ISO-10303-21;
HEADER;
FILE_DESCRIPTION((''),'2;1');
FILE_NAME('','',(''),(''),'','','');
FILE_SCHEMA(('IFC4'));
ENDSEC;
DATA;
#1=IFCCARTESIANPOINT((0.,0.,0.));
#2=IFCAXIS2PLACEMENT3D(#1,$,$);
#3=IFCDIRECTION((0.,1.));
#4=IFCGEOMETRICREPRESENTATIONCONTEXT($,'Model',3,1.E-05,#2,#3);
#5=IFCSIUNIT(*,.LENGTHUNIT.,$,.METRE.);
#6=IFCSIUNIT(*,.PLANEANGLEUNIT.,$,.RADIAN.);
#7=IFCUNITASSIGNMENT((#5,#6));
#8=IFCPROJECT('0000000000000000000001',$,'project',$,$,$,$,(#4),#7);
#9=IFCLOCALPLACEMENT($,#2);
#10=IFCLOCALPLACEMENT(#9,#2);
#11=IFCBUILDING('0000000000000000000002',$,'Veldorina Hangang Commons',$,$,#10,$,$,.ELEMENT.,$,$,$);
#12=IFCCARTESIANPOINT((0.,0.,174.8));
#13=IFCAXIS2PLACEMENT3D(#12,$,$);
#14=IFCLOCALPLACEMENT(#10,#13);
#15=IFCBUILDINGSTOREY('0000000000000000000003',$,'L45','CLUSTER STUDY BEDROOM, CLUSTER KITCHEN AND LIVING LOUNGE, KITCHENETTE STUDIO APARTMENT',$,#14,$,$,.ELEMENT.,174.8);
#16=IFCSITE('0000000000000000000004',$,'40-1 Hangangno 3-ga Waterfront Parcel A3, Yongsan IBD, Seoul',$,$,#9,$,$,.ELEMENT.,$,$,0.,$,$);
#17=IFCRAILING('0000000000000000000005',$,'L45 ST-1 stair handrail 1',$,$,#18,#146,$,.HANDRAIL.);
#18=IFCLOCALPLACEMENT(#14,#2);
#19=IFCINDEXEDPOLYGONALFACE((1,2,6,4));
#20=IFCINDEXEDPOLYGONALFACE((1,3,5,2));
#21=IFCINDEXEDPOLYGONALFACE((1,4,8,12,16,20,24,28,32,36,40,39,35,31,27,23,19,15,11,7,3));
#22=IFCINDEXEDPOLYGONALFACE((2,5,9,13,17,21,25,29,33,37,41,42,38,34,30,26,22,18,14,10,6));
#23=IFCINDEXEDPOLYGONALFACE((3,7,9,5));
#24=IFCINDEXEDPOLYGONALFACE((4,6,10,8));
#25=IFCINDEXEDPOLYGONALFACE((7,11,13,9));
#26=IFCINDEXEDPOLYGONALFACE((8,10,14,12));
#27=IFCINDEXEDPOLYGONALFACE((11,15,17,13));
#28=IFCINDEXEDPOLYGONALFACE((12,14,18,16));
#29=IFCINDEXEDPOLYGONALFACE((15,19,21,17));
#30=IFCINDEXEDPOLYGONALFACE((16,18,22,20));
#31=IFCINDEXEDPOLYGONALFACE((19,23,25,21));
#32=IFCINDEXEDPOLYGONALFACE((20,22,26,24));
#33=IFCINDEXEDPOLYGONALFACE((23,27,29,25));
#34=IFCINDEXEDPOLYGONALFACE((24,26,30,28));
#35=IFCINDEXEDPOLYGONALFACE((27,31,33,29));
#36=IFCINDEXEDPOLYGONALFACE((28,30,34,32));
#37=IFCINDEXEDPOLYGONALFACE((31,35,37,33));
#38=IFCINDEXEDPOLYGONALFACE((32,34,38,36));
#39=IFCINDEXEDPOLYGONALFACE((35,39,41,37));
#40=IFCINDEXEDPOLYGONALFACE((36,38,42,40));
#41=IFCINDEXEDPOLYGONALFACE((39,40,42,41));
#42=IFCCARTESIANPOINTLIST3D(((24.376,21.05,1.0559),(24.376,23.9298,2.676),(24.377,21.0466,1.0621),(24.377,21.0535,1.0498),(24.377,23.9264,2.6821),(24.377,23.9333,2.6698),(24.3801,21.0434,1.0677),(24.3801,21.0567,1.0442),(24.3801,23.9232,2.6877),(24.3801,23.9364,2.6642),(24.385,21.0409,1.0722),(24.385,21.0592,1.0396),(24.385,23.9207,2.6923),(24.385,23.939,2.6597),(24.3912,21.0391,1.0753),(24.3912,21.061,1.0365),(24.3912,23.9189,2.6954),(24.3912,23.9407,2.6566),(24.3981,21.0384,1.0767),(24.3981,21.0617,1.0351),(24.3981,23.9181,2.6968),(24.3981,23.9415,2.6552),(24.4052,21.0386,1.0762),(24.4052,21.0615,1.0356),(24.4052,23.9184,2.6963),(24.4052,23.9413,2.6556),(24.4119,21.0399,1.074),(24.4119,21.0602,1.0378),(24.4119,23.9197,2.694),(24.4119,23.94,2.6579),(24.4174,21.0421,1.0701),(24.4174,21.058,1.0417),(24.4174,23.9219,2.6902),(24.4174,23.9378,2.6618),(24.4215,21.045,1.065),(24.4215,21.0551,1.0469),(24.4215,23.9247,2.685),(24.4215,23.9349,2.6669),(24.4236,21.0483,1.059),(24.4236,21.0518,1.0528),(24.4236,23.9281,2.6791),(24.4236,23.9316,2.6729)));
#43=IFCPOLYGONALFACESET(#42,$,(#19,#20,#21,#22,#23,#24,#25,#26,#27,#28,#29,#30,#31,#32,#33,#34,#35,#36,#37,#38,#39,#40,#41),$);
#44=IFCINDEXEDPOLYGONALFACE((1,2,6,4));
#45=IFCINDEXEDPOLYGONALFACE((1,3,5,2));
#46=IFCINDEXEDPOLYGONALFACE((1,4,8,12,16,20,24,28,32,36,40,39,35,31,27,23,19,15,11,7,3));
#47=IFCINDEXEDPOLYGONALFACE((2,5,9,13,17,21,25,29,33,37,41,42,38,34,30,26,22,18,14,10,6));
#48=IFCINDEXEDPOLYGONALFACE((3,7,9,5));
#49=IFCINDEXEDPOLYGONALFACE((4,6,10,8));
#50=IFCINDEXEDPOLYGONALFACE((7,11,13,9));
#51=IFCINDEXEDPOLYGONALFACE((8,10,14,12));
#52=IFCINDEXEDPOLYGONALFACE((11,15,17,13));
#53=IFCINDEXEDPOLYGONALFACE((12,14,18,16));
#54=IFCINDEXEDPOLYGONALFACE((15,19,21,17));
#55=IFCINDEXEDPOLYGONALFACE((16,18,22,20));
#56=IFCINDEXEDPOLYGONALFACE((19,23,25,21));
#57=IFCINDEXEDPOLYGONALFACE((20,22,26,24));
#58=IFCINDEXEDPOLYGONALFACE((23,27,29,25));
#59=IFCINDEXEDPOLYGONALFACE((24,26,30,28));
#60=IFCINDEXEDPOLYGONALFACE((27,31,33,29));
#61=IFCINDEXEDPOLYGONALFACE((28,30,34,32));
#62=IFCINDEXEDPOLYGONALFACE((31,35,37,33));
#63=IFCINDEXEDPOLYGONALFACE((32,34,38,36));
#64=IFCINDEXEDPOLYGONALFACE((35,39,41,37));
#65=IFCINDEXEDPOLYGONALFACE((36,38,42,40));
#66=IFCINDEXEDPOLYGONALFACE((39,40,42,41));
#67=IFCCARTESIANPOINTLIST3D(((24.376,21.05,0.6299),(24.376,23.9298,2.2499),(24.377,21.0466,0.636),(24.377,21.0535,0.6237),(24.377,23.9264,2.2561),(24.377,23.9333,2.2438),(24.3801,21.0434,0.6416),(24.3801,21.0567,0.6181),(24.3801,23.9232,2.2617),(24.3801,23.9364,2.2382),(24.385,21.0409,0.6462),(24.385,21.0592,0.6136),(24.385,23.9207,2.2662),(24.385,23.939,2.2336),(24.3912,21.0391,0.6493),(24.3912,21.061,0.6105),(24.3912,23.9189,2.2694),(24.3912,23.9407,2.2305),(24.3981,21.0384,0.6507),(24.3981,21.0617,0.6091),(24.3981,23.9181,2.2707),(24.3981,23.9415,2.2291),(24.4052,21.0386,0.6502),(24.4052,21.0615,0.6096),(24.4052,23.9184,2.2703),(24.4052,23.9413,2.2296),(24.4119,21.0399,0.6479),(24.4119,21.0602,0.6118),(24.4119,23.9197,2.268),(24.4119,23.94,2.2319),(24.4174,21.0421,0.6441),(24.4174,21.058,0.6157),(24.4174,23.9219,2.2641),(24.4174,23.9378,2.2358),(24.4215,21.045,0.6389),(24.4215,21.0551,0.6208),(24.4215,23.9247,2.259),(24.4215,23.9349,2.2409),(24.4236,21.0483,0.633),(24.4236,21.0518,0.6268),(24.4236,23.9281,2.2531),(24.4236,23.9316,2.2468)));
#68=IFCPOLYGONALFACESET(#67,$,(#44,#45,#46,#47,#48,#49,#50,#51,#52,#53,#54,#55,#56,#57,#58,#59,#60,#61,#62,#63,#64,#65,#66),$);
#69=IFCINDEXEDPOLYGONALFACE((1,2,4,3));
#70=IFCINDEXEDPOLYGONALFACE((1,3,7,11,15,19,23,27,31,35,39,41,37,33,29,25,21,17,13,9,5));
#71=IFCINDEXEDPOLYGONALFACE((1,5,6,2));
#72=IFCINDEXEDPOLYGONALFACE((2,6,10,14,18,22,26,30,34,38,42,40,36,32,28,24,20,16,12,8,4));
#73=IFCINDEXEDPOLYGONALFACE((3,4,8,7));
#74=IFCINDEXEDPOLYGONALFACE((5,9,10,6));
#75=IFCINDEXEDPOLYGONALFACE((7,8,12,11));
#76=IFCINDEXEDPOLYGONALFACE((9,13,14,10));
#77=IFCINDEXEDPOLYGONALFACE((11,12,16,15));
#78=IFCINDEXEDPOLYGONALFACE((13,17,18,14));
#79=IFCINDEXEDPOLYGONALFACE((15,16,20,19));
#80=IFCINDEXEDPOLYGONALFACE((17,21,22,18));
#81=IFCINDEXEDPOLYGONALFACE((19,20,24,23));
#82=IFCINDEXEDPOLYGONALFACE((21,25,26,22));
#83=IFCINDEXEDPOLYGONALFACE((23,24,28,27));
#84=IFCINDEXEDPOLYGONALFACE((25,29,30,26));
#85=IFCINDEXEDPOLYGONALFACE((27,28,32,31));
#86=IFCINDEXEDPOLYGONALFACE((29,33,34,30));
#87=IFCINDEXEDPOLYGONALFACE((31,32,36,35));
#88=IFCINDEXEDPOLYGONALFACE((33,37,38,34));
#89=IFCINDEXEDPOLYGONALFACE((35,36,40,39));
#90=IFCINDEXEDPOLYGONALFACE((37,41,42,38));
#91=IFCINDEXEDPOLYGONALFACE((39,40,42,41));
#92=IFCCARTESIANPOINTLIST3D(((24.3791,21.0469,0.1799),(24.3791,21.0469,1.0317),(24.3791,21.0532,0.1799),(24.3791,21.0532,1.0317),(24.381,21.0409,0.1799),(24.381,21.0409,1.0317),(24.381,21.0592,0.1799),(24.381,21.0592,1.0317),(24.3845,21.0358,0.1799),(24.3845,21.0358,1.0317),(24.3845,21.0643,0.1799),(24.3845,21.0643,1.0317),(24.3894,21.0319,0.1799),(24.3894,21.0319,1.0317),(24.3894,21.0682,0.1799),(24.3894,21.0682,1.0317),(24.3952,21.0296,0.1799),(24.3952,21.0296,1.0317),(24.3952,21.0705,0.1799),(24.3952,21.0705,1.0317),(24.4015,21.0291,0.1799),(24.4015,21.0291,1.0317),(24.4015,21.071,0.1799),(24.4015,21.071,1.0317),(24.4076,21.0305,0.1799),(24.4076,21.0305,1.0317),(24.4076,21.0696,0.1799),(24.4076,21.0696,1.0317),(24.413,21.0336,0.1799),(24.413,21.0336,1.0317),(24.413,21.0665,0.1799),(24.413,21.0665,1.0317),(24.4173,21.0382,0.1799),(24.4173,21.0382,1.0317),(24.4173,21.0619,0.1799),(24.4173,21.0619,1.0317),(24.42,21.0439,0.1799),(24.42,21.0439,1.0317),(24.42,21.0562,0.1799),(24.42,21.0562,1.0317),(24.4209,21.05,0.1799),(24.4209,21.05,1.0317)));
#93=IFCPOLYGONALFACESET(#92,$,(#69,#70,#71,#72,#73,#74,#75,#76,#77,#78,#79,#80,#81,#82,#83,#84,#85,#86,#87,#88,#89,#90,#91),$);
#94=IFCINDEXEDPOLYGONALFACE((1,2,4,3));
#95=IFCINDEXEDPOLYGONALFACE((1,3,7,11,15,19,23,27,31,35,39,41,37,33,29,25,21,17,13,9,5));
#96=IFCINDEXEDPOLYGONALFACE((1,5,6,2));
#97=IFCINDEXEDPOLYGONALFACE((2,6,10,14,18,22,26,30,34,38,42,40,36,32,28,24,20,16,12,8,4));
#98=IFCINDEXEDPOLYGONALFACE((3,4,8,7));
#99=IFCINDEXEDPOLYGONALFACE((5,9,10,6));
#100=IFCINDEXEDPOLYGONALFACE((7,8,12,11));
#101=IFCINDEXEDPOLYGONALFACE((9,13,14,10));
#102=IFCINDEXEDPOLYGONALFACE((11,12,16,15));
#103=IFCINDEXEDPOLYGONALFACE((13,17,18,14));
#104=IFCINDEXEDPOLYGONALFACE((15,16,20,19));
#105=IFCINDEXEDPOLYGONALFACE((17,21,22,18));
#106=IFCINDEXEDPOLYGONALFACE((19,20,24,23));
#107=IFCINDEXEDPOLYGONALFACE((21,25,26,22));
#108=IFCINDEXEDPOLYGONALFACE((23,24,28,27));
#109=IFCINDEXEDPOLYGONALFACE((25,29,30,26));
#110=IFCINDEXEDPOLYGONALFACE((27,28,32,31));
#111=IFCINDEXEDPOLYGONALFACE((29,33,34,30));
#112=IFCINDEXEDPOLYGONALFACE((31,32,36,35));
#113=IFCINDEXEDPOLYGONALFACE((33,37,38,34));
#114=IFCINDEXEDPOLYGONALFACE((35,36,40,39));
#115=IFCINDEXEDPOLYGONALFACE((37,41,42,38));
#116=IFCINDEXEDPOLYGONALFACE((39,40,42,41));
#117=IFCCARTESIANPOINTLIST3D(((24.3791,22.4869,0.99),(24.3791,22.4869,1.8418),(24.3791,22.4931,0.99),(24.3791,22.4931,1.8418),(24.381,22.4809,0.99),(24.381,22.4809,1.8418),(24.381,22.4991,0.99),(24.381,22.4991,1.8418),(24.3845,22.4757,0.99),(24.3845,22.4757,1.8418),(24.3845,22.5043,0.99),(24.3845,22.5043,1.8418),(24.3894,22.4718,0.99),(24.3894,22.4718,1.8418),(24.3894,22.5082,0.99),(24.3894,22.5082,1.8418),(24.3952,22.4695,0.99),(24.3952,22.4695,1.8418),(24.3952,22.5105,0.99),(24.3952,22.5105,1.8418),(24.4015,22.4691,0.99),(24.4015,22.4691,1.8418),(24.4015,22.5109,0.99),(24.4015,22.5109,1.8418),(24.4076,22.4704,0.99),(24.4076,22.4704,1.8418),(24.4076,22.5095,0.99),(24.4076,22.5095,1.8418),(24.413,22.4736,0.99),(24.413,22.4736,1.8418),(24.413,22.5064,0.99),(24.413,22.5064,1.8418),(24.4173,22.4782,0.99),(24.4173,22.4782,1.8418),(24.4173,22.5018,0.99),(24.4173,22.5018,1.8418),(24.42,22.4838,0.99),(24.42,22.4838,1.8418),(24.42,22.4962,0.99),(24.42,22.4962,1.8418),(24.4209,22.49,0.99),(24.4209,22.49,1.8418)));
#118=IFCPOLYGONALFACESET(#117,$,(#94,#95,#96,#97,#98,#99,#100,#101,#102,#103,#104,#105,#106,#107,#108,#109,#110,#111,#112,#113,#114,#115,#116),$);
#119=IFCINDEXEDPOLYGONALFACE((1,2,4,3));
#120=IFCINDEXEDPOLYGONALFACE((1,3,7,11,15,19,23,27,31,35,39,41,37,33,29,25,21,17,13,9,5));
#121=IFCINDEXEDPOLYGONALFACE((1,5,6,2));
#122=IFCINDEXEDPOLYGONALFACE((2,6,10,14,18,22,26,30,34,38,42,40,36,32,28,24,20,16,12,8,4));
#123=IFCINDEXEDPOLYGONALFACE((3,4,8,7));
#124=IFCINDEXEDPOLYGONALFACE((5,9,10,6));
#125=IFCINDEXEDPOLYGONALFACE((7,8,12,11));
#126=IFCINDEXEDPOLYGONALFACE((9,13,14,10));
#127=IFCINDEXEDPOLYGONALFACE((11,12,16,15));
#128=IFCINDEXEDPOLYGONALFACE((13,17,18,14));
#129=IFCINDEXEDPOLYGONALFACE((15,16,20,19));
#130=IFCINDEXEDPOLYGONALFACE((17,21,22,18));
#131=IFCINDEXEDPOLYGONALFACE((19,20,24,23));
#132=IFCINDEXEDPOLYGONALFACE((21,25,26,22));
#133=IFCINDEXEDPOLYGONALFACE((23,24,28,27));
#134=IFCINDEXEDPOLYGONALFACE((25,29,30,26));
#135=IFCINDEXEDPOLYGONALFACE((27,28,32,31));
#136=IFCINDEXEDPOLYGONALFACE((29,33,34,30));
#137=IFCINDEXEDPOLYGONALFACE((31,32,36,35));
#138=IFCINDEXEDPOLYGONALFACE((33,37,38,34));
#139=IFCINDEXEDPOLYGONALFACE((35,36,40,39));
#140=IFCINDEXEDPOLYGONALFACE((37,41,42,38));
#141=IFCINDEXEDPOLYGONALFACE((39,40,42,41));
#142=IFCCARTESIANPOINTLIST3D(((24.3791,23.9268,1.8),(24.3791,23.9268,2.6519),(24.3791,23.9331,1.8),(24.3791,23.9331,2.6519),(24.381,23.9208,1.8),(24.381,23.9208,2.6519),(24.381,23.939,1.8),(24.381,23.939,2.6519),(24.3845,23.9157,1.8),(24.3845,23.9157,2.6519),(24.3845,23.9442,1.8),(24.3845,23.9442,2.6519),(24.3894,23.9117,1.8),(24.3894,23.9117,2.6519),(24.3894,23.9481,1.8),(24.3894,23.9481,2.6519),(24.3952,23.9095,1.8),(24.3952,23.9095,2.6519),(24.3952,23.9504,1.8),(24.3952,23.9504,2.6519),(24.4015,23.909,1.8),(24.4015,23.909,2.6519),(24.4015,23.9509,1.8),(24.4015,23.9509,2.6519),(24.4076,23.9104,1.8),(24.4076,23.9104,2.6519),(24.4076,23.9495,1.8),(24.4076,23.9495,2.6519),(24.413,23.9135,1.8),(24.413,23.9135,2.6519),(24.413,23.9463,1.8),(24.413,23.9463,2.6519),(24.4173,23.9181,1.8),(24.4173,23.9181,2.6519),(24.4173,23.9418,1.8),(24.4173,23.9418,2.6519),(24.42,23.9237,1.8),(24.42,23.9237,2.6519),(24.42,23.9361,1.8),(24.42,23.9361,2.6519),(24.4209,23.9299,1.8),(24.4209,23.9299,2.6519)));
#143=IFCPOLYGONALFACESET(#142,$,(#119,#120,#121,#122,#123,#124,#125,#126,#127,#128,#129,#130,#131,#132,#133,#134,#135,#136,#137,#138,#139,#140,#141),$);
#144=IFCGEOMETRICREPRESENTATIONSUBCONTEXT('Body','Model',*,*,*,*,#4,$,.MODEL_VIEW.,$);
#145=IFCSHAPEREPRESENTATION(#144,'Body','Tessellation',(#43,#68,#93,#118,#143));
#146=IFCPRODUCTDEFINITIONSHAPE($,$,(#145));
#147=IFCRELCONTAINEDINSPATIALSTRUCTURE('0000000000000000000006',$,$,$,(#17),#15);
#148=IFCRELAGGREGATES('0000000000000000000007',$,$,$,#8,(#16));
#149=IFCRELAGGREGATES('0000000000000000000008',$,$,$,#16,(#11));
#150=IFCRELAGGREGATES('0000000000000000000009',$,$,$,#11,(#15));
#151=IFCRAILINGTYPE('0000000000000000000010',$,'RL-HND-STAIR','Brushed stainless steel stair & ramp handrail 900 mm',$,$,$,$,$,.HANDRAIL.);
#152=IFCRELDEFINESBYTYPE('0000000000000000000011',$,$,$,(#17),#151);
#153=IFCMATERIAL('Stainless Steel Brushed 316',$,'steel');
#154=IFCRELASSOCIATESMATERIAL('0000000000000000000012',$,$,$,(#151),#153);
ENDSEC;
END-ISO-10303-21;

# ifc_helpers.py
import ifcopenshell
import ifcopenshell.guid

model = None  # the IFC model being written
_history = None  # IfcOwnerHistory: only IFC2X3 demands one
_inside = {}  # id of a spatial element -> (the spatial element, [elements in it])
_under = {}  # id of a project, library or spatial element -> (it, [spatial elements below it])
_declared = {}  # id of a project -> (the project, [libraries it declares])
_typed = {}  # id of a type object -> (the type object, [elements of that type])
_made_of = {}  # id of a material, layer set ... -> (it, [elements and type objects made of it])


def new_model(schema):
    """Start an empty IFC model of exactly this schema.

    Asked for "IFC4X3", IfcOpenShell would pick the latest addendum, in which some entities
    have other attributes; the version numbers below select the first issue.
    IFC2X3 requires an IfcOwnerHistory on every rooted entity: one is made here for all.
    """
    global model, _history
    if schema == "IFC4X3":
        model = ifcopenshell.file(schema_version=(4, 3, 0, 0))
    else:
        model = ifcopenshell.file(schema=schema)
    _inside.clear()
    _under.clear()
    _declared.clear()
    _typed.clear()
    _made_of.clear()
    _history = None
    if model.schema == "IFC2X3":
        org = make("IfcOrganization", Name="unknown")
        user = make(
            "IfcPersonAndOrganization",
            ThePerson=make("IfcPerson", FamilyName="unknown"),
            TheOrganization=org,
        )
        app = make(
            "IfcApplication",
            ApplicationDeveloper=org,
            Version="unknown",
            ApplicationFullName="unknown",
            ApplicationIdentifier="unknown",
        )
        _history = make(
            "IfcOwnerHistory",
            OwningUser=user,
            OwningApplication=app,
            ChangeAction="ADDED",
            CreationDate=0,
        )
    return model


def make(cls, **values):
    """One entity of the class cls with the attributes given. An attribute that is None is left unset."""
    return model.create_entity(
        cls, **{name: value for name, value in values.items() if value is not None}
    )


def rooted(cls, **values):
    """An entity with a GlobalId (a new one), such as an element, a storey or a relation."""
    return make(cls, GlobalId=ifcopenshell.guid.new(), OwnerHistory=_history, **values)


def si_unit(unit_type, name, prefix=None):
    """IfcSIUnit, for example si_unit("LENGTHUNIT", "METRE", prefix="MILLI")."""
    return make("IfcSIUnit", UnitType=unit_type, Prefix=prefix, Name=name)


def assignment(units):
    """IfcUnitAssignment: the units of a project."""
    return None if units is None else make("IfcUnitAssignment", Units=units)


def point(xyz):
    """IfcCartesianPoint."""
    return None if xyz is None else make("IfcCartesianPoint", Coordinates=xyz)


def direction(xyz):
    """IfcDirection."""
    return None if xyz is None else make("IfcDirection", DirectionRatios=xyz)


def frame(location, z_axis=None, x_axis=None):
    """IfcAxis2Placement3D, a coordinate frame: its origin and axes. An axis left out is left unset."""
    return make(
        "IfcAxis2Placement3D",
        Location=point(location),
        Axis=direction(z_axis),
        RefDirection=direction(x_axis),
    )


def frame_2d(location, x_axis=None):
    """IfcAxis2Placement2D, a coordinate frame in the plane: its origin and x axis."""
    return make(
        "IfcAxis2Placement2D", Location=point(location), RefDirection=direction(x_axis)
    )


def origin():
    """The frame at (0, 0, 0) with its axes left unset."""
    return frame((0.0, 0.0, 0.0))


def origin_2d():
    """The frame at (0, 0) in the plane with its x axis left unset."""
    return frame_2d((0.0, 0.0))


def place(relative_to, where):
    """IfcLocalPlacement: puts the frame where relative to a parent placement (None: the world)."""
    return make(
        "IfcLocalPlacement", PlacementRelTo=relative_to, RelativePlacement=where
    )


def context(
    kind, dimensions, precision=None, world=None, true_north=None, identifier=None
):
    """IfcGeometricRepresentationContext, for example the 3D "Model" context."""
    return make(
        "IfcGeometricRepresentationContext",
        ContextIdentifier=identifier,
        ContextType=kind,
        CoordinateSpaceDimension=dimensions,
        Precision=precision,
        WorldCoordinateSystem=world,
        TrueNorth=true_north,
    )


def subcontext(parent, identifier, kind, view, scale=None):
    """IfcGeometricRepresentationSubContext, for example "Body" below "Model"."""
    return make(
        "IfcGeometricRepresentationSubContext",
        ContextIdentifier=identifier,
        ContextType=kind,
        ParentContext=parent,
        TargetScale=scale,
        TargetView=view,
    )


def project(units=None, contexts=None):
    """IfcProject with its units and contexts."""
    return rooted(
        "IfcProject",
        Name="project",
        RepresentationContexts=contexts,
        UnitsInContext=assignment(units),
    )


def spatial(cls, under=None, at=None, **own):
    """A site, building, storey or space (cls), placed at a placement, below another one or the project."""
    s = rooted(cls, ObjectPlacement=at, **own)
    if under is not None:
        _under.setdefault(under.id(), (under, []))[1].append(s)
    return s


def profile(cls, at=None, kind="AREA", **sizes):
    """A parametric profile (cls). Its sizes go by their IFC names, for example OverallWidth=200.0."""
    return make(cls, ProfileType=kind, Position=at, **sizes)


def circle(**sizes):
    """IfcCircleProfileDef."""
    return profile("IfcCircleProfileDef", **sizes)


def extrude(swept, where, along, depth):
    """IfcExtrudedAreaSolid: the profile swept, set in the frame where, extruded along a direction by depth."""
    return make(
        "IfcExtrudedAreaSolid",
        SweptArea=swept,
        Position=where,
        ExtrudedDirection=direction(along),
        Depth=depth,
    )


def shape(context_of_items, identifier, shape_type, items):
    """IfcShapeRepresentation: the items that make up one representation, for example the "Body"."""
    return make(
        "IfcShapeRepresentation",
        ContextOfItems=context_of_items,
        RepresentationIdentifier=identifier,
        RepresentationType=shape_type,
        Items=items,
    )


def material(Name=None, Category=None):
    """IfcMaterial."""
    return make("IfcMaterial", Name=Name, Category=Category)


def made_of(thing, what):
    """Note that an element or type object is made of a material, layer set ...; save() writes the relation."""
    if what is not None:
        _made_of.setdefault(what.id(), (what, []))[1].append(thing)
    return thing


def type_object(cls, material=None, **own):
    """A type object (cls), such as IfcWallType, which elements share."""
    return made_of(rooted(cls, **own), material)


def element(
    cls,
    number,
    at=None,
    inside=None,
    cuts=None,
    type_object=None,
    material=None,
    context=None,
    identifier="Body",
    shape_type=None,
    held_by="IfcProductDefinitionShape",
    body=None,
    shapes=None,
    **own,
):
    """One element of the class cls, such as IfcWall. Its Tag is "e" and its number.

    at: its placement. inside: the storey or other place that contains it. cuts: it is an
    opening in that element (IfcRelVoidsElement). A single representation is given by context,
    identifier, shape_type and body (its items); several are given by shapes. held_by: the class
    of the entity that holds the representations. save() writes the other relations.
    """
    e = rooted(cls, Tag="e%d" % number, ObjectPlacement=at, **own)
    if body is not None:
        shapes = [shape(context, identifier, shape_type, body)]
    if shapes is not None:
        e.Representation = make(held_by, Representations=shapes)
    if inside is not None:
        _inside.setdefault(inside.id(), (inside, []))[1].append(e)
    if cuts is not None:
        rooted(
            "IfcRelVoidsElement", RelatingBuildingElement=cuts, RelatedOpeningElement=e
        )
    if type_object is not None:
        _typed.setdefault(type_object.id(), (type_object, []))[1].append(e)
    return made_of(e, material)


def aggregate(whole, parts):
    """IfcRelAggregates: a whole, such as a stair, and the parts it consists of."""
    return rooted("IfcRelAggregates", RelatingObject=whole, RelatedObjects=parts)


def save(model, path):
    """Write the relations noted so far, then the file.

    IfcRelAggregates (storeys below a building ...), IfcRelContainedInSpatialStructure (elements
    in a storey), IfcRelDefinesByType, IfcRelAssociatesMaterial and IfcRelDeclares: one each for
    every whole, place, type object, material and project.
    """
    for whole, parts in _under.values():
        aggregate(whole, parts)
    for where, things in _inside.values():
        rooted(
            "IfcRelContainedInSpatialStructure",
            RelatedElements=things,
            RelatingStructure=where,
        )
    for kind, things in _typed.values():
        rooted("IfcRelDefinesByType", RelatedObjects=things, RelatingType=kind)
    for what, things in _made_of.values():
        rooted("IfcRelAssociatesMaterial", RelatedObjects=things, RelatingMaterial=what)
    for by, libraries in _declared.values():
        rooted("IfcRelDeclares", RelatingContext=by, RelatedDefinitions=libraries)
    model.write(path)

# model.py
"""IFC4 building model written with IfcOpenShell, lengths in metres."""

from ifc_helpers import new_model, si_unit, direction, frame, origin, origin_2d, place, context, subcontext, project, spatial, circle, extrude, material, type_object, element, save


model = new_model("IFC4")

# Units and contexts
model_context = context("Model", 3, precision=1e-05, world=origin(), true_north=direction((0.0, 1.0)))
body_context = subcontext(model_context, "Body", "Model", "MODEL_VIEW")
ifc_project = project(units=[si_unit("LENGTHUNIT", "METRE"), si_unit("PLANEANGLEUNIT", "RADIAN")], contexts=[model_context])

# Site, building, storey
site_placement = place(None, origin())
site = spatial("IfcSite", under=ifc_project, at=site_placement, Name="40-1 Hangangno 3-ga Waterfront Parcel A3, Yongsan IBD, Seoul", CompositionType="ELEMENT", RefElevation=0.0)
building_placement = place(site_placement, origin())
building = spatial("IfcBuilding", under=site, at=building_placement, Name="Veldorina Hangang Commons", CompositionType="ELEMENT")
storey_placement = place(building_placement, frame((0.0, 0.0, 174.8)))
storey = spatial("IfcBuildingStorey", under=building, at=storey_placement, Name="L45", Description="CLUSTER STUDY BEDROOM, CLUSTER KITCHEN AND LIVING LOUNGE, KITCHENETTE STUDIO APARTMENT", CompositionType="ELEMENT", Elevation=174.8)

# Railing
ifc_material_1 = material(Name="Stainless Steel Brushed 316", Category="steel")
railing_type_1 = type_object("IfcRailingType", Name="RL-HND-STAIR", Description="Brushed stainless steel stair & ramp handrail 900 mm", PredefinedType="HANDRAIL", material=ifc_material_1)
railing_1_placement = place(storey_placement, frame((24.3999, 21.05, 0.1799)))
element("IfcRailing", 1, at=railing_1_placement, inside=storey, type_object=railing_type_1, Name="L45 ST-1 stair handrail 1", PredefinedType="HANDRAIL", context=body_context, shape_type="SweptSolid", body=[
    extrude(circle(Radius=0.0239, at=origin_2d()), frame((0.0, 0.0, 0.876), z_axis=(0.0, 0.871552, 0.490303), x_axis=(-1.0, 0.0, 0.0)), (0.0, 0.0, 1.0), 3.3042),
    extrude(circle(Radius=0.0239, at=origin_2d()), frame((0.0, 0.0, 0.45), z_axis=(0.0, 0.871552, 0.490303), x_axis=(-1.0, 0.0, 0.0)), (0.0, 0.0, 1.0), 3.3042),
    extrude(circle(Radius=0.021, at=origin_2d()), origin(), (0.0, 0.0, 1.0), 0.8518),
    extrude(circle(Radius=0.021, at=origin_2d()), frame((0.0, 1.4399, 0.8101)), (0.0, 0.0, 1.0), 0.8518),
    extrude(circle(Radius=0.021, at=origin_2d()), frame((0.0, 2.8799, 1.6201)), (0.0, 0.0, 1.0), 0.8518),
])

save(model, "model.ifc")
